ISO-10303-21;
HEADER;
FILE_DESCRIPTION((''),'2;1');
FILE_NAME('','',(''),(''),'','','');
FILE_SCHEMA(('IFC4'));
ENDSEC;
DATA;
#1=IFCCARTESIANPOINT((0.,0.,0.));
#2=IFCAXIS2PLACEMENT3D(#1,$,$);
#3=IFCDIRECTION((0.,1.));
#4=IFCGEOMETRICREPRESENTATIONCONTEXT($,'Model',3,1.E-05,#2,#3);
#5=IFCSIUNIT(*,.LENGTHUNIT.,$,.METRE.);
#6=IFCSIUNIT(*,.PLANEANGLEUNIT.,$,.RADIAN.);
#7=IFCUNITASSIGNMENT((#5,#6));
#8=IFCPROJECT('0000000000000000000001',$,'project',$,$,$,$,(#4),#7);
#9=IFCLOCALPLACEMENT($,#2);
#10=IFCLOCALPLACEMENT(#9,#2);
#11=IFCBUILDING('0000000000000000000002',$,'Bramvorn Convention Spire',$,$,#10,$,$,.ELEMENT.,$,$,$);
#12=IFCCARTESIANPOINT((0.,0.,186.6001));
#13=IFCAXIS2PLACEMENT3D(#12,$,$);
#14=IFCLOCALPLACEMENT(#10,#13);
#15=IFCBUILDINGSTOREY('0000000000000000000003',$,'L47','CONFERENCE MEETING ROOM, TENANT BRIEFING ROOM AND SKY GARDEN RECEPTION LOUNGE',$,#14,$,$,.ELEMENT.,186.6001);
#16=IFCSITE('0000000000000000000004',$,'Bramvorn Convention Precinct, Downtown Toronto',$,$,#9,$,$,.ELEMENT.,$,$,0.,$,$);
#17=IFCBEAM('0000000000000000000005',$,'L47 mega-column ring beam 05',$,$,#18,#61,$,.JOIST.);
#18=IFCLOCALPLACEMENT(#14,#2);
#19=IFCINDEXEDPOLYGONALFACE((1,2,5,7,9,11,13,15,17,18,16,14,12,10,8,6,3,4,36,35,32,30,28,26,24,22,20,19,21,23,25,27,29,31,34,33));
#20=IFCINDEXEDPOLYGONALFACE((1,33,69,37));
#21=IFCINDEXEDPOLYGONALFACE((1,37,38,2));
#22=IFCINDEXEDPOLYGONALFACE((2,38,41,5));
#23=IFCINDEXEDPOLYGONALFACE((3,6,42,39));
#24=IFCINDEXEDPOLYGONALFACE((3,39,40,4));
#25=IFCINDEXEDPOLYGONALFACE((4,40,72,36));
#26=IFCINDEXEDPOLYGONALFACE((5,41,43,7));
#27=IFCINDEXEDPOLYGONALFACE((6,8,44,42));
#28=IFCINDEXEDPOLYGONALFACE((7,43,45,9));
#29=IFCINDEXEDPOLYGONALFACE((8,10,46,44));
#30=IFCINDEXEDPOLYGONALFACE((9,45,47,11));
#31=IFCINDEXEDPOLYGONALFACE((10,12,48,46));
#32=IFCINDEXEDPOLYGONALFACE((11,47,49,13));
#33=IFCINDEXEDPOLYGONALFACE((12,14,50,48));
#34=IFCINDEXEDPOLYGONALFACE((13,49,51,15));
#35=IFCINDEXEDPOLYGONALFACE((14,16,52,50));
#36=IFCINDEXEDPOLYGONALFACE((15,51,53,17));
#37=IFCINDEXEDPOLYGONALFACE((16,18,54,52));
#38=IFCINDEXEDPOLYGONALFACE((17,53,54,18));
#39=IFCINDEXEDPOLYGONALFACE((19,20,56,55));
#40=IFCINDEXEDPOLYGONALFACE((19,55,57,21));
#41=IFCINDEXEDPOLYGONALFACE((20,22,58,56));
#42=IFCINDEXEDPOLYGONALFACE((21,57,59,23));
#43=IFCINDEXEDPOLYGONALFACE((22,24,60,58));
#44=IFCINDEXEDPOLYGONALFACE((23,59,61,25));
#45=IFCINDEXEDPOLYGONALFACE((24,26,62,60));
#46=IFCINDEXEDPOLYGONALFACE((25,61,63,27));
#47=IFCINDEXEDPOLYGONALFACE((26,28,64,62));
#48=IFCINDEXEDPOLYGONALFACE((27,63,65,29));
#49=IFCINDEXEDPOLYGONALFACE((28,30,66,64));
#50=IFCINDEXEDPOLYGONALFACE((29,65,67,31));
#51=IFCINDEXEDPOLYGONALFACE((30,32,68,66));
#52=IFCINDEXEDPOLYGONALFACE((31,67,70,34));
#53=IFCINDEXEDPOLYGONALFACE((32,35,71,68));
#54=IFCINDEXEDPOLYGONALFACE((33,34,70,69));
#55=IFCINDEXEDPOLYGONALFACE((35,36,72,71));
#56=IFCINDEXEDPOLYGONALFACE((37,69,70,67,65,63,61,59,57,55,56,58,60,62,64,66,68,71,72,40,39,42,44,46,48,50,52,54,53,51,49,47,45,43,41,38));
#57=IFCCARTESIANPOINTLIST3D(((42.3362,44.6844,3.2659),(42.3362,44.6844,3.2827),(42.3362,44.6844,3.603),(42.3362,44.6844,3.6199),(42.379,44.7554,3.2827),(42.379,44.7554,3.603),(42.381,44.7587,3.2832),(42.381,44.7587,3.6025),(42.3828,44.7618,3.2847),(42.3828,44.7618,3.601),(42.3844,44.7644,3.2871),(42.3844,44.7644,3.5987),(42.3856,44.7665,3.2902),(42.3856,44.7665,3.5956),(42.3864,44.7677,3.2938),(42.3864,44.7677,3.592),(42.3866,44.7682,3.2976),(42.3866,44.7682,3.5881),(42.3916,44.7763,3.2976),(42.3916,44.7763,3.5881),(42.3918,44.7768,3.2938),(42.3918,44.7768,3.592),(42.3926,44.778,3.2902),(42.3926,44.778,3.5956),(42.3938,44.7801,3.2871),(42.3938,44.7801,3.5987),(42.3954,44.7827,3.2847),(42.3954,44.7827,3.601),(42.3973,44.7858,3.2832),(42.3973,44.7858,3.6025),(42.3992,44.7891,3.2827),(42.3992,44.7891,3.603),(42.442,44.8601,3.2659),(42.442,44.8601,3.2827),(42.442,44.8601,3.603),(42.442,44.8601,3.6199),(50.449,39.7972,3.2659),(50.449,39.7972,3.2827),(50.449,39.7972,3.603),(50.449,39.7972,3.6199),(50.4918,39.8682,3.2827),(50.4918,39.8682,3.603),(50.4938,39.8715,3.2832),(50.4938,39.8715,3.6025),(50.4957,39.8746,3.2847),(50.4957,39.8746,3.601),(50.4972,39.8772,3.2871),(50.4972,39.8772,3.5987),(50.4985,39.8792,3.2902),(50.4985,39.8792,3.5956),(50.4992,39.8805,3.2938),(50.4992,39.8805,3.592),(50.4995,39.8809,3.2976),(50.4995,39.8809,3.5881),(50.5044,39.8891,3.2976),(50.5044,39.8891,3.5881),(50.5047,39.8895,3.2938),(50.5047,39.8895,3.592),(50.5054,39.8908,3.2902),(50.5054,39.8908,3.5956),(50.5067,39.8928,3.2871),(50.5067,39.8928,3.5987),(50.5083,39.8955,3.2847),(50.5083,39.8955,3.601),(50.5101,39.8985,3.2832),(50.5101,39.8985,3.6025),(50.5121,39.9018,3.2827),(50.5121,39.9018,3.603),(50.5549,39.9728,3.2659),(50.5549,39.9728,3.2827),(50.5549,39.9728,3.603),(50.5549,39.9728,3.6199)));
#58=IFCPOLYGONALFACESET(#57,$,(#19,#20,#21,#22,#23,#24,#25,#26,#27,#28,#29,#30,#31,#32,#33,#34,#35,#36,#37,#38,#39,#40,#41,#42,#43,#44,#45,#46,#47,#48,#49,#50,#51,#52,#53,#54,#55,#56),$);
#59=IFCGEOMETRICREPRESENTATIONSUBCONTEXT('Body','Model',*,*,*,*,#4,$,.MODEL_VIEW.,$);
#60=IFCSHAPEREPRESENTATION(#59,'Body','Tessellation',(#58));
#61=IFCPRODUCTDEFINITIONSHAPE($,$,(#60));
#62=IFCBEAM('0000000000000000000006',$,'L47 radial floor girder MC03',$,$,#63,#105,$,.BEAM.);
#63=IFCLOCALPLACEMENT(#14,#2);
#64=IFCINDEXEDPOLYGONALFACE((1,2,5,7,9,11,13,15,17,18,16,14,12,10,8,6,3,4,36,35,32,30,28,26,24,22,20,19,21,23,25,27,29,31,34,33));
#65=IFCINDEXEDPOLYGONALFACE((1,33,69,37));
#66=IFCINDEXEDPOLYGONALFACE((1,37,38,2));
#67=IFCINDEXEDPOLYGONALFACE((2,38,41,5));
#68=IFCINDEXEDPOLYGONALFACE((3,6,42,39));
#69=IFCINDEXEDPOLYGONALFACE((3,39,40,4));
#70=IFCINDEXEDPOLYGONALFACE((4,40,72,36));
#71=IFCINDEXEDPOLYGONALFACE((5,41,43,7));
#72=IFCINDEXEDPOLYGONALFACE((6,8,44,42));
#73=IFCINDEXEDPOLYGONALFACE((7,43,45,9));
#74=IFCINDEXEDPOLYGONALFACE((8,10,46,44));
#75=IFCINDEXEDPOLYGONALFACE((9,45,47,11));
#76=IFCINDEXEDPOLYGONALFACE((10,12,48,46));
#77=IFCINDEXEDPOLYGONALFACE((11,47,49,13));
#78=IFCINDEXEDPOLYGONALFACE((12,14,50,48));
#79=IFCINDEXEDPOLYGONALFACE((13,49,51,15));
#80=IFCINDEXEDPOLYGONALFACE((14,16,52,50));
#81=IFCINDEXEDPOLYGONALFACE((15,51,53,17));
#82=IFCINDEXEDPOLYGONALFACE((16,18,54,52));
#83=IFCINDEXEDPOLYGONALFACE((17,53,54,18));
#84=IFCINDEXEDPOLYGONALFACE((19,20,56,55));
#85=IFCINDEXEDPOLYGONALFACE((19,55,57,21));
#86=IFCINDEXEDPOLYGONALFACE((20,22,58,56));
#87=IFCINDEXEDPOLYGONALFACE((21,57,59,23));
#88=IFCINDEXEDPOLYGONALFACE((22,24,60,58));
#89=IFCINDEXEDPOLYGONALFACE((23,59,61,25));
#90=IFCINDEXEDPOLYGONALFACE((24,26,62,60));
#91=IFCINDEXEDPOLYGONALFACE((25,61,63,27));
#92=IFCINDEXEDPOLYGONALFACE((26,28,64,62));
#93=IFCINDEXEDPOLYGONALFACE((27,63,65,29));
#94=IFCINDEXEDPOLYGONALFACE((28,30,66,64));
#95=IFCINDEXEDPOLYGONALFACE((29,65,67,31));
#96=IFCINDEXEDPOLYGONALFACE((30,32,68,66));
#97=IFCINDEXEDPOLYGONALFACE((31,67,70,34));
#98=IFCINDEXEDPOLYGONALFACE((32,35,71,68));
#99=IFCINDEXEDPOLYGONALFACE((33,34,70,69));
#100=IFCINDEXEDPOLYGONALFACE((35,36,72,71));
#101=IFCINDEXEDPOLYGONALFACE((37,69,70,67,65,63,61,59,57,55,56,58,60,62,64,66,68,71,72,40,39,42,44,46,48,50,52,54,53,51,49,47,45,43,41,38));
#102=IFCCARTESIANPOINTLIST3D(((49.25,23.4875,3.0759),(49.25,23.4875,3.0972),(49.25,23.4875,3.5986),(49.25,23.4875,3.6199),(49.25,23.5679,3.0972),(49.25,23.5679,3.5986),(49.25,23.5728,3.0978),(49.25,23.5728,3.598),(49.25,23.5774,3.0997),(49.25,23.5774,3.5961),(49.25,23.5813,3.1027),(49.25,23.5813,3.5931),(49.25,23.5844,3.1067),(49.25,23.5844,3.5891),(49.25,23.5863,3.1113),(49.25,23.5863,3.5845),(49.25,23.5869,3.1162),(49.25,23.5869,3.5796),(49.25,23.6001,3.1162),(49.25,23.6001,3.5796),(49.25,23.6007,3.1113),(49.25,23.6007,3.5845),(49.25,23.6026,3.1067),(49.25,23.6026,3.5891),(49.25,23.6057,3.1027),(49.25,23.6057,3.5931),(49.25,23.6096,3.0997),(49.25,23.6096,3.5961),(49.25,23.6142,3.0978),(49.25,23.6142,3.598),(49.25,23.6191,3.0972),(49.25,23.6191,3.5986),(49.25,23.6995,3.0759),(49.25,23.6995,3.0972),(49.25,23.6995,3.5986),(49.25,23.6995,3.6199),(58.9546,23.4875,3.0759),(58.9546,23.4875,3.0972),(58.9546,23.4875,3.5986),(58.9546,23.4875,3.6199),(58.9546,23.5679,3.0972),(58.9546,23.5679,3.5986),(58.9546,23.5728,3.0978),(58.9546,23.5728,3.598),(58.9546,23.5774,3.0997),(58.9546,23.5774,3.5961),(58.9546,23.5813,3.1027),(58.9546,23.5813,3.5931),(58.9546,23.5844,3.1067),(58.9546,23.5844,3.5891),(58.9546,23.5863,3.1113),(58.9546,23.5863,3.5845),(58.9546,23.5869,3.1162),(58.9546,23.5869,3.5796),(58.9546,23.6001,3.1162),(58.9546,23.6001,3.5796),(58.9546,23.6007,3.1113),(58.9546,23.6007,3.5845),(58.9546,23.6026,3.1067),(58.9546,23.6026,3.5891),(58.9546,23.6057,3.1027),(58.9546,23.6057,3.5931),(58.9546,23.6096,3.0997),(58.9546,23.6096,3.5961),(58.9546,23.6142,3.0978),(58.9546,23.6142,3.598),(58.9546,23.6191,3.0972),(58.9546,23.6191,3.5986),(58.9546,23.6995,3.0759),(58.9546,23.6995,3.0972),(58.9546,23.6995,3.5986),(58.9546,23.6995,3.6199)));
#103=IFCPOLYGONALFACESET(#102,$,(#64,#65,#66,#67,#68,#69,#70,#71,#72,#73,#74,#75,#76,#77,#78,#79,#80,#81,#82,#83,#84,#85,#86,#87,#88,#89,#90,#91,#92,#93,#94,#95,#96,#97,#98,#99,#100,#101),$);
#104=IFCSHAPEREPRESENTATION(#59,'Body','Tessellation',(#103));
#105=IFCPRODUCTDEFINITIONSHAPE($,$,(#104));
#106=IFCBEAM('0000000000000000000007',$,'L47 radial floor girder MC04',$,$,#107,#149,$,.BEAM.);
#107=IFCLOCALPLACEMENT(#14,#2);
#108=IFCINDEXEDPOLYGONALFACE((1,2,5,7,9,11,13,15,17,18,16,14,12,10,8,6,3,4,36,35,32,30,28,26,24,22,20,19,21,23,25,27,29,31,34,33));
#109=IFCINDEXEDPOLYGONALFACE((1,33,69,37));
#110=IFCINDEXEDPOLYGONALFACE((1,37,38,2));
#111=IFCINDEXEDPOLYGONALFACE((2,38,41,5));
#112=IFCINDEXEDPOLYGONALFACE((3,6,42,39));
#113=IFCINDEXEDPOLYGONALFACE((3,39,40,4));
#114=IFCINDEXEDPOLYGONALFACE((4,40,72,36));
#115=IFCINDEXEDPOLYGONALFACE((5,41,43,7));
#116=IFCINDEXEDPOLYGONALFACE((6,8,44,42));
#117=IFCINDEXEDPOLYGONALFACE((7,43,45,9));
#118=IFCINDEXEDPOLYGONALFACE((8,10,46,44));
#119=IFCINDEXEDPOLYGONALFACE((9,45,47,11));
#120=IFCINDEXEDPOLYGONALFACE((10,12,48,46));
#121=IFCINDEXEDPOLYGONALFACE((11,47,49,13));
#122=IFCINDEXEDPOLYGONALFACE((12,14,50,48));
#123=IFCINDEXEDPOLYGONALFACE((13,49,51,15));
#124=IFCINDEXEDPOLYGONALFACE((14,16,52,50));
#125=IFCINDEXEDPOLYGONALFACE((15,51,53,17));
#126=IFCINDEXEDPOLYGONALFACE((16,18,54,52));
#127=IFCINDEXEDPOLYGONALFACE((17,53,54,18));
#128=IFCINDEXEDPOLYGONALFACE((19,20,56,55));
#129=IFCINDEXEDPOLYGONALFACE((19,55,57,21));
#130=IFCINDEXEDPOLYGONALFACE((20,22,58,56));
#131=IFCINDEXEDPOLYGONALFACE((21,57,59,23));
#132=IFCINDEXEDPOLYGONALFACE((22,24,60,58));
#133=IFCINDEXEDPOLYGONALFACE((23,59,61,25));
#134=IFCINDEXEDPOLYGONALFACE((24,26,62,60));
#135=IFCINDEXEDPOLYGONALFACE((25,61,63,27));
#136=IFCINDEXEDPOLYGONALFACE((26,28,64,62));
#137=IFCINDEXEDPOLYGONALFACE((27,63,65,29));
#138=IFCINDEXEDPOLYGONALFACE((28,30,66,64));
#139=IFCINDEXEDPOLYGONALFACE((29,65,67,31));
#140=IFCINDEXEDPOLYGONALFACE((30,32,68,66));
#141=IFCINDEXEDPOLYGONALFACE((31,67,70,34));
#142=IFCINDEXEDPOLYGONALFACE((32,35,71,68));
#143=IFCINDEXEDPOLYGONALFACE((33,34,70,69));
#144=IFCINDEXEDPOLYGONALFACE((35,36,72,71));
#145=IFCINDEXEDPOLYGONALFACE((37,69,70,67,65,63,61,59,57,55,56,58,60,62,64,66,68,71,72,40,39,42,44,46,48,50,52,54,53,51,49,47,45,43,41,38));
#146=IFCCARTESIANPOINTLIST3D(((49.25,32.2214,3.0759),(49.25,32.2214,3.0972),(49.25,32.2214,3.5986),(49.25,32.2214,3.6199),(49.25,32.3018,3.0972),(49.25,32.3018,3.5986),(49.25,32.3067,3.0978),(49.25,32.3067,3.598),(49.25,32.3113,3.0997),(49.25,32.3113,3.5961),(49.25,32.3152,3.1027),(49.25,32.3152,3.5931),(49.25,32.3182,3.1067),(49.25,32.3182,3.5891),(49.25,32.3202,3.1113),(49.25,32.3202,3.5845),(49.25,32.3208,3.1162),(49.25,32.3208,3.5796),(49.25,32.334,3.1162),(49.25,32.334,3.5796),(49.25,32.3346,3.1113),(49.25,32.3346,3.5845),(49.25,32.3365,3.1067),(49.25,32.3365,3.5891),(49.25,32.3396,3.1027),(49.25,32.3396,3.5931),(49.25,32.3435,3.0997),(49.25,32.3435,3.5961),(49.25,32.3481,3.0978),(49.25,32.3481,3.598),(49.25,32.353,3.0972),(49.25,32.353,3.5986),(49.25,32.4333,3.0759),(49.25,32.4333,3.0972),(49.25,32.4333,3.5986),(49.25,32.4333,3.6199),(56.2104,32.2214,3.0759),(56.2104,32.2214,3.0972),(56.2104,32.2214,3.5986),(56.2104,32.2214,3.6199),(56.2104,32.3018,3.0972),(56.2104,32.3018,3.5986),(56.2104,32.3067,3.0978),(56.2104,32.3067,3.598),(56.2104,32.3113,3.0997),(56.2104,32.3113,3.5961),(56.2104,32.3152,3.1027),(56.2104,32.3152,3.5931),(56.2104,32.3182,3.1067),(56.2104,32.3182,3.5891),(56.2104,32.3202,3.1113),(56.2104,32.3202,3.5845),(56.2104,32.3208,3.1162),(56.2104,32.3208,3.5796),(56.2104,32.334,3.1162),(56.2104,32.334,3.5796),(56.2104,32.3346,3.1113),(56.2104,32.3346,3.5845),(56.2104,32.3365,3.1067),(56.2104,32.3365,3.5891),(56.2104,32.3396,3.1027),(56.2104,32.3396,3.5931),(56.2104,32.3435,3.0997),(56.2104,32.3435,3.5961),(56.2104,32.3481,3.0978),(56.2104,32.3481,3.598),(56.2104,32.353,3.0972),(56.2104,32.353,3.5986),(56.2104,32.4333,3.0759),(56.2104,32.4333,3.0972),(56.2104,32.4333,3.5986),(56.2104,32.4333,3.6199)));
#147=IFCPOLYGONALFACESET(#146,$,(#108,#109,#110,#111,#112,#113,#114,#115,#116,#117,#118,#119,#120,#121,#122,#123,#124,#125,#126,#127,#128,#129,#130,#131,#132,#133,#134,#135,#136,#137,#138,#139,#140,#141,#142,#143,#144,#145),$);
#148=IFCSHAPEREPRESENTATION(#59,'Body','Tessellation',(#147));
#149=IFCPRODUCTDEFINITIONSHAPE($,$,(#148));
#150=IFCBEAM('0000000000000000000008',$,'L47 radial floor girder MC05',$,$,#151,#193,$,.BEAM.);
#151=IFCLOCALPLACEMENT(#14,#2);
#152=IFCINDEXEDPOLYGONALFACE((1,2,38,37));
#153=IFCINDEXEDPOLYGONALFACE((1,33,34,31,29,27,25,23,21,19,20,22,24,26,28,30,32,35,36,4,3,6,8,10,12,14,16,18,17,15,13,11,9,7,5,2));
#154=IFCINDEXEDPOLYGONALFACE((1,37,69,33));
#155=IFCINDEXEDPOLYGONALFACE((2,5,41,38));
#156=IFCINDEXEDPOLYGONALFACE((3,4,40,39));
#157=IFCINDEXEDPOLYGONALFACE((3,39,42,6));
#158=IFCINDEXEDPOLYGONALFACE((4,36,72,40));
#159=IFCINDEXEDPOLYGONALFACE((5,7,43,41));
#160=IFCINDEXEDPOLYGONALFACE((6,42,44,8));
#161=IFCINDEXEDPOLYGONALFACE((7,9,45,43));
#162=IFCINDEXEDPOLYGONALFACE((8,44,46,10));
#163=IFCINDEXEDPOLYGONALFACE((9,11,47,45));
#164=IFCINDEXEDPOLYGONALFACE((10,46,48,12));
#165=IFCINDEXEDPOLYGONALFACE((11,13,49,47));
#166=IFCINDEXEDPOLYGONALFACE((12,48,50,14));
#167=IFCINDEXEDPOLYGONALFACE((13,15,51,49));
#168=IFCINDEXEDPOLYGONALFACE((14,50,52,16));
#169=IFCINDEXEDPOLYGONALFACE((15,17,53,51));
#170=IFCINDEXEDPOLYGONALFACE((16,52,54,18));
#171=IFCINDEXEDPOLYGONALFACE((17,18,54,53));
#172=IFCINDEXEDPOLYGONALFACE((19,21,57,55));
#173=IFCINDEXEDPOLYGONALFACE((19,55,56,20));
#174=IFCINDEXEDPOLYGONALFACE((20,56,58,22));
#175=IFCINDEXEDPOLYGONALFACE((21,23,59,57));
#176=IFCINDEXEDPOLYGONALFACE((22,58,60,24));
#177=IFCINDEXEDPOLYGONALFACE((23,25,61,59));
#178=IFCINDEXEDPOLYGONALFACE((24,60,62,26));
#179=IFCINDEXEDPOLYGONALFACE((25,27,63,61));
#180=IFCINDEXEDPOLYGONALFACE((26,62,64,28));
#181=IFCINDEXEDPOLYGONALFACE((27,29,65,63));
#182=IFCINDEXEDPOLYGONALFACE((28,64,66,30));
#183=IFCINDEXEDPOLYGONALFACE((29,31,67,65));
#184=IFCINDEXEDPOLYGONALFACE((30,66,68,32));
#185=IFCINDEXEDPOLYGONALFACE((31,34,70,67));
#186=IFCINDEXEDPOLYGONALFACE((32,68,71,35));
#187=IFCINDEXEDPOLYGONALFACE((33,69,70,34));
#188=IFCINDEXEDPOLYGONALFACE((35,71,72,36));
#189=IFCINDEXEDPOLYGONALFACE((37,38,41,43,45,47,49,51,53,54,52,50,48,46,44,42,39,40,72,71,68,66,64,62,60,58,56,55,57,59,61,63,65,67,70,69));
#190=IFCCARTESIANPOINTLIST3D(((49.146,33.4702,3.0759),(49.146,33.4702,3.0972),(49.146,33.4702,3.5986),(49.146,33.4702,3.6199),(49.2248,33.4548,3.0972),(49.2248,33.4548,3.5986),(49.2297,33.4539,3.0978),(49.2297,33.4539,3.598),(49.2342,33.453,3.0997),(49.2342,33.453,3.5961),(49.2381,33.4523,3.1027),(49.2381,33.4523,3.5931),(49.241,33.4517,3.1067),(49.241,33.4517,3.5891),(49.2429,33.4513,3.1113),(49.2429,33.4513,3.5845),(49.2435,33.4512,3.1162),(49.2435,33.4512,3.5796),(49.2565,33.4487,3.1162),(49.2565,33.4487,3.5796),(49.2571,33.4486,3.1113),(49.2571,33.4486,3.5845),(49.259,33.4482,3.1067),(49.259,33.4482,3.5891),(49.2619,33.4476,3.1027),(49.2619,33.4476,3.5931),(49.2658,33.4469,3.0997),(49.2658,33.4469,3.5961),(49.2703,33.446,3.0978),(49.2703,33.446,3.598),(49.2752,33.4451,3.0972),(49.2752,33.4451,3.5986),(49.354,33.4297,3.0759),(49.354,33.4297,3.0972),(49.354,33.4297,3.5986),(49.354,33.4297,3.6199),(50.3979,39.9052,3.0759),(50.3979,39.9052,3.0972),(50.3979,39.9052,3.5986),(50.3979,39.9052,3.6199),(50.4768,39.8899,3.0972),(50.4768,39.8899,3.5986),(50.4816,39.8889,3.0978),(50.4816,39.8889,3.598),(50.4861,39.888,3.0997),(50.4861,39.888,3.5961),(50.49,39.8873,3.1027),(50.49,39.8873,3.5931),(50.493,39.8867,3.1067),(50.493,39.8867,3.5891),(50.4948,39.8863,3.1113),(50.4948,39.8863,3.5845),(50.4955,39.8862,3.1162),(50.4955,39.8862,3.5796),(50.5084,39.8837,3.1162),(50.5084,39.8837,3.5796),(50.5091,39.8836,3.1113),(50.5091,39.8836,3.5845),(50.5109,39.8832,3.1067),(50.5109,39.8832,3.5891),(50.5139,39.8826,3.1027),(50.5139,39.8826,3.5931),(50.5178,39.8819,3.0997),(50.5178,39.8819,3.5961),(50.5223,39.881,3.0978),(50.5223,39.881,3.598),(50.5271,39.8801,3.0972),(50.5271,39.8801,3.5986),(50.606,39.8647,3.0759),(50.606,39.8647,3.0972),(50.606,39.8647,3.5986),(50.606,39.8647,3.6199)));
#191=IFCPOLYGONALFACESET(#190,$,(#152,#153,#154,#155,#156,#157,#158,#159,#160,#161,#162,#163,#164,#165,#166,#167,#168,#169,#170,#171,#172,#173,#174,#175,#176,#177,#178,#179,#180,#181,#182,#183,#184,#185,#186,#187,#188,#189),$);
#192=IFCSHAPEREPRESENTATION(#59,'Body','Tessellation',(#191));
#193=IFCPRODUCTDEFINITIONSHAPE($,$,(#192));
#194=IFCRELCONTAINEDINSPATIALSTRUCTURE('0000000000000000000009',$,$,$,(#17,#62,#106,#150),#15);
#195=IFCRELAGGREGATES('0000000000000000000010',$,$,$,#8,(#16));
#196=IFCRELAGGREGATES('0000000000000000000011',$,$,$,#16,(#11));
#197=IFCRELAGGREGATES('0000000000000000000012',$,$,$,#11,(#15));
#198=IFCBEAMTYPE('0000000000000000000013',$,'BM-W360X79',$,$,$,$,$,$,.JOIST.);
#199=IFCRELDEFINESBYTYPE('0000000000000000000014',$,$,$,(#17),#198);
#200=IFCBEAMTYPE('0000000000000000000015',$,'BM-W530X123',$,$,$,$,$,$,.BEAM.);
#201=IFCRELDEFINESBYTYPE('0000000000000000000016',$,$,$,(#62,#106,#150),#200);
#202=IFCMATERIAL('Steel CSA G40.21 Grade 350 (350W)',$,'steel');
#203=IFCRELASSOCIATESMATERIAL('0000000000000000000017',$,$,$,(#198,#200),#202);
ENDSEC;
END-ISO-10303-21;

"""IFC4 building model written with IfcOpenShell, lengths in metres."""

from ifc_helpers import new_model, si_unit, direction, frame, origin, origin_2d, place, context, subcontext, project, spatial, i_section, extrude, material, material_profile, profile_set, type_object, element, save


model = new_model("IFC4")

# Units and contexts
model_context = context("Model", 3, precision=1e-05, world=origin(), true_north=direction((0.0, 1.0)))
body_context = subcontext(model_context, "Body", "Model", "MODEL_VIEW")
ifc_project = project(units=[si_unit("LENGTHUNIT", "METRE"), si_unit("PLANEANGLEUNIT", "RADIAN")], contexts=[model_context])

# Site, building, storey
site_placement = place(None, origin())
site = spatial("IfcSite", under=ifc_project, at=site_placement, Name="Bramvorn Convention Precinct, Downtown Toronto", CompositionType="ELEMENT", RefElevation=0.0)
building_placement = place(site_placement, origin())
building = spatial("IfcBuilding", under=site, at=building_placement, Name="Bramvorn Convention Spire", CompositionType="ELEMENT")
storey_placement = place(building_placement, frame((0.0, 0.0, 186.6001)))
storey = spatial("IfcBuildingStorey", under=building, at=storey_placement, Name="L47", Description="CONFERENCE MEETING ROOM, TENANT BRIEFING ROOM AND SKY GARDEN RECEPTION LOUNGE", CompositionType="ELEMENT", Elevation=186.6001)

# Shared definitions
ifc_material_1 = material(Name="Steel CSA G40.21 Grade 350 (350W)", Category="steel")

# Beams
ifc_material_profile_1 = material_profile(ifc_material_1, i_section(OverallWidth=0.2051, OverallDepth=0.354, WebThickness=0.0095, FlangeThickness=0.0168, FilletRadius=0.0149, at=origin_2d()))
ifc_profile_set_1 = profile_set([ifc_material_profile_1], Name="Steel CSA G40.21 Grade 350 (350W) - W360X79")
beam_type_1 = type_object("IfcBeamType", Name="BM-W360X79", PredefinedType="JOIST", material=ifc_profile_set_1)
for number, where, z_axis, x_axis, name in (
    (1, (50.502, 39.885, 3.4429), (-0.856582, 0.516011, 0.0), (-0.516011, -0.856582, 0.0), "L47 mega-column ring beam 05"),
):
    element("IfcBeam", number, at=place(storey_placement, frame(where, z_axis=z_axis, x_axis=x_axis)), inside=storey, type_object=beam_type_1, Name=name, PredefinedType="JOIST", context=body_context, shape_type="SweptSolid", body=[
        extrude(i_section(OverallWidth=0.2051, OverallDepth=0.354, WebThickness=0.0095, FlangeThickness=0.0168, FilletRadius=0.0149, at=origin_2d()), origin(), (0.0, 0.0, 1.0), 9.4712),
    ])
ifc_material_profile_2 = material_profile(ifc_material_1, i_section(OverallWidth=0.2119, OverallDepth=0.5439, WebThickness=0.0132, FlangeThickness=0.0212, FilletRadius=0.019, at=origin_2d()))
ifc_profile_set_2 = profile_set([ifc_material_profile_2], Name="Steel CSA G40.21 Grade 350 (350W) - W530X123")
beam_type_2 = type_object("IfcBeamType", Name="BM-W530X123", PredefinedType="BEAM", material=ifc_profile_set_2)
beam_1_placement = place(storey_placement, frame((49.25, 23.5935, 3.3479), z_axis=(1.0, 0.0, 0.0), x_axis=(0.0, 1.0, 0.0)))
element("IfcBeam", 2, at=beam_1_placement, inside=storey, type_object=beam_type_2, Name="L47 radial floor girder MC03", PredefinedType="BEAM", context=body_context, shape_type="SweptSolid", body=[
    extrude(i_section(OverallWidth=0.2119, OverallDepth=0.5439, WebThickness=0.0132, FlangeThickness=0.0212, FilletRadius=0.019, at=origin_2d()), origin(), (0.0, 0.0, 1.0), 9.7046),
])
beam_2_placement = place(storey_placement, frame((49.25, 32.3274, 3.3479), z_axis=(1.0, 0.0, 0.0), x_axis=(0.0, 1.0, 0.0)))
element("IfcBeam", 3, at=beam_2_placement, inside=storey, type_object=beam_type_2, Name="L47 radial floor girder MC04", PredefinedType="BEAM", context=body_context, shape_type="SweptSolid", body=[
    extrude(i_section(OverallWidth=0.2119, OverallDepth=0.5439, WebThickness=0.0132, FlangeThickness=0.0212, FilletRadius=0.019, at=origin_2d()), origin(), (0.0, 0.0, 1.0), 6.9604),
])
beam_3_placement = place(storey_placement, frame((49.25, 33.45, 3.3479), z_axis=(0.190971, 0.981596, 0.0), x_axis=(-0.981596, 0.190971, 0.0)))
element("IfcBeam", 4, at=beam_3_placement, inside=storey, type_object=beam_type_2, Name="L47 radial floor girder MC05", PredefinedType="BEAM", context=body_context, shape_type="SweptSolid", body=[
    extrude(i_section(OverallWidth=0.2119, OverallDepth=0.5439, WebThickness=0.0132, FlangeThickness=0.0212, FilletRadius=0.019, at=origin_2d()), origin(), (0.0, 0.0, 1.0), 6.5557),
])

save(model, "model.ifc")
